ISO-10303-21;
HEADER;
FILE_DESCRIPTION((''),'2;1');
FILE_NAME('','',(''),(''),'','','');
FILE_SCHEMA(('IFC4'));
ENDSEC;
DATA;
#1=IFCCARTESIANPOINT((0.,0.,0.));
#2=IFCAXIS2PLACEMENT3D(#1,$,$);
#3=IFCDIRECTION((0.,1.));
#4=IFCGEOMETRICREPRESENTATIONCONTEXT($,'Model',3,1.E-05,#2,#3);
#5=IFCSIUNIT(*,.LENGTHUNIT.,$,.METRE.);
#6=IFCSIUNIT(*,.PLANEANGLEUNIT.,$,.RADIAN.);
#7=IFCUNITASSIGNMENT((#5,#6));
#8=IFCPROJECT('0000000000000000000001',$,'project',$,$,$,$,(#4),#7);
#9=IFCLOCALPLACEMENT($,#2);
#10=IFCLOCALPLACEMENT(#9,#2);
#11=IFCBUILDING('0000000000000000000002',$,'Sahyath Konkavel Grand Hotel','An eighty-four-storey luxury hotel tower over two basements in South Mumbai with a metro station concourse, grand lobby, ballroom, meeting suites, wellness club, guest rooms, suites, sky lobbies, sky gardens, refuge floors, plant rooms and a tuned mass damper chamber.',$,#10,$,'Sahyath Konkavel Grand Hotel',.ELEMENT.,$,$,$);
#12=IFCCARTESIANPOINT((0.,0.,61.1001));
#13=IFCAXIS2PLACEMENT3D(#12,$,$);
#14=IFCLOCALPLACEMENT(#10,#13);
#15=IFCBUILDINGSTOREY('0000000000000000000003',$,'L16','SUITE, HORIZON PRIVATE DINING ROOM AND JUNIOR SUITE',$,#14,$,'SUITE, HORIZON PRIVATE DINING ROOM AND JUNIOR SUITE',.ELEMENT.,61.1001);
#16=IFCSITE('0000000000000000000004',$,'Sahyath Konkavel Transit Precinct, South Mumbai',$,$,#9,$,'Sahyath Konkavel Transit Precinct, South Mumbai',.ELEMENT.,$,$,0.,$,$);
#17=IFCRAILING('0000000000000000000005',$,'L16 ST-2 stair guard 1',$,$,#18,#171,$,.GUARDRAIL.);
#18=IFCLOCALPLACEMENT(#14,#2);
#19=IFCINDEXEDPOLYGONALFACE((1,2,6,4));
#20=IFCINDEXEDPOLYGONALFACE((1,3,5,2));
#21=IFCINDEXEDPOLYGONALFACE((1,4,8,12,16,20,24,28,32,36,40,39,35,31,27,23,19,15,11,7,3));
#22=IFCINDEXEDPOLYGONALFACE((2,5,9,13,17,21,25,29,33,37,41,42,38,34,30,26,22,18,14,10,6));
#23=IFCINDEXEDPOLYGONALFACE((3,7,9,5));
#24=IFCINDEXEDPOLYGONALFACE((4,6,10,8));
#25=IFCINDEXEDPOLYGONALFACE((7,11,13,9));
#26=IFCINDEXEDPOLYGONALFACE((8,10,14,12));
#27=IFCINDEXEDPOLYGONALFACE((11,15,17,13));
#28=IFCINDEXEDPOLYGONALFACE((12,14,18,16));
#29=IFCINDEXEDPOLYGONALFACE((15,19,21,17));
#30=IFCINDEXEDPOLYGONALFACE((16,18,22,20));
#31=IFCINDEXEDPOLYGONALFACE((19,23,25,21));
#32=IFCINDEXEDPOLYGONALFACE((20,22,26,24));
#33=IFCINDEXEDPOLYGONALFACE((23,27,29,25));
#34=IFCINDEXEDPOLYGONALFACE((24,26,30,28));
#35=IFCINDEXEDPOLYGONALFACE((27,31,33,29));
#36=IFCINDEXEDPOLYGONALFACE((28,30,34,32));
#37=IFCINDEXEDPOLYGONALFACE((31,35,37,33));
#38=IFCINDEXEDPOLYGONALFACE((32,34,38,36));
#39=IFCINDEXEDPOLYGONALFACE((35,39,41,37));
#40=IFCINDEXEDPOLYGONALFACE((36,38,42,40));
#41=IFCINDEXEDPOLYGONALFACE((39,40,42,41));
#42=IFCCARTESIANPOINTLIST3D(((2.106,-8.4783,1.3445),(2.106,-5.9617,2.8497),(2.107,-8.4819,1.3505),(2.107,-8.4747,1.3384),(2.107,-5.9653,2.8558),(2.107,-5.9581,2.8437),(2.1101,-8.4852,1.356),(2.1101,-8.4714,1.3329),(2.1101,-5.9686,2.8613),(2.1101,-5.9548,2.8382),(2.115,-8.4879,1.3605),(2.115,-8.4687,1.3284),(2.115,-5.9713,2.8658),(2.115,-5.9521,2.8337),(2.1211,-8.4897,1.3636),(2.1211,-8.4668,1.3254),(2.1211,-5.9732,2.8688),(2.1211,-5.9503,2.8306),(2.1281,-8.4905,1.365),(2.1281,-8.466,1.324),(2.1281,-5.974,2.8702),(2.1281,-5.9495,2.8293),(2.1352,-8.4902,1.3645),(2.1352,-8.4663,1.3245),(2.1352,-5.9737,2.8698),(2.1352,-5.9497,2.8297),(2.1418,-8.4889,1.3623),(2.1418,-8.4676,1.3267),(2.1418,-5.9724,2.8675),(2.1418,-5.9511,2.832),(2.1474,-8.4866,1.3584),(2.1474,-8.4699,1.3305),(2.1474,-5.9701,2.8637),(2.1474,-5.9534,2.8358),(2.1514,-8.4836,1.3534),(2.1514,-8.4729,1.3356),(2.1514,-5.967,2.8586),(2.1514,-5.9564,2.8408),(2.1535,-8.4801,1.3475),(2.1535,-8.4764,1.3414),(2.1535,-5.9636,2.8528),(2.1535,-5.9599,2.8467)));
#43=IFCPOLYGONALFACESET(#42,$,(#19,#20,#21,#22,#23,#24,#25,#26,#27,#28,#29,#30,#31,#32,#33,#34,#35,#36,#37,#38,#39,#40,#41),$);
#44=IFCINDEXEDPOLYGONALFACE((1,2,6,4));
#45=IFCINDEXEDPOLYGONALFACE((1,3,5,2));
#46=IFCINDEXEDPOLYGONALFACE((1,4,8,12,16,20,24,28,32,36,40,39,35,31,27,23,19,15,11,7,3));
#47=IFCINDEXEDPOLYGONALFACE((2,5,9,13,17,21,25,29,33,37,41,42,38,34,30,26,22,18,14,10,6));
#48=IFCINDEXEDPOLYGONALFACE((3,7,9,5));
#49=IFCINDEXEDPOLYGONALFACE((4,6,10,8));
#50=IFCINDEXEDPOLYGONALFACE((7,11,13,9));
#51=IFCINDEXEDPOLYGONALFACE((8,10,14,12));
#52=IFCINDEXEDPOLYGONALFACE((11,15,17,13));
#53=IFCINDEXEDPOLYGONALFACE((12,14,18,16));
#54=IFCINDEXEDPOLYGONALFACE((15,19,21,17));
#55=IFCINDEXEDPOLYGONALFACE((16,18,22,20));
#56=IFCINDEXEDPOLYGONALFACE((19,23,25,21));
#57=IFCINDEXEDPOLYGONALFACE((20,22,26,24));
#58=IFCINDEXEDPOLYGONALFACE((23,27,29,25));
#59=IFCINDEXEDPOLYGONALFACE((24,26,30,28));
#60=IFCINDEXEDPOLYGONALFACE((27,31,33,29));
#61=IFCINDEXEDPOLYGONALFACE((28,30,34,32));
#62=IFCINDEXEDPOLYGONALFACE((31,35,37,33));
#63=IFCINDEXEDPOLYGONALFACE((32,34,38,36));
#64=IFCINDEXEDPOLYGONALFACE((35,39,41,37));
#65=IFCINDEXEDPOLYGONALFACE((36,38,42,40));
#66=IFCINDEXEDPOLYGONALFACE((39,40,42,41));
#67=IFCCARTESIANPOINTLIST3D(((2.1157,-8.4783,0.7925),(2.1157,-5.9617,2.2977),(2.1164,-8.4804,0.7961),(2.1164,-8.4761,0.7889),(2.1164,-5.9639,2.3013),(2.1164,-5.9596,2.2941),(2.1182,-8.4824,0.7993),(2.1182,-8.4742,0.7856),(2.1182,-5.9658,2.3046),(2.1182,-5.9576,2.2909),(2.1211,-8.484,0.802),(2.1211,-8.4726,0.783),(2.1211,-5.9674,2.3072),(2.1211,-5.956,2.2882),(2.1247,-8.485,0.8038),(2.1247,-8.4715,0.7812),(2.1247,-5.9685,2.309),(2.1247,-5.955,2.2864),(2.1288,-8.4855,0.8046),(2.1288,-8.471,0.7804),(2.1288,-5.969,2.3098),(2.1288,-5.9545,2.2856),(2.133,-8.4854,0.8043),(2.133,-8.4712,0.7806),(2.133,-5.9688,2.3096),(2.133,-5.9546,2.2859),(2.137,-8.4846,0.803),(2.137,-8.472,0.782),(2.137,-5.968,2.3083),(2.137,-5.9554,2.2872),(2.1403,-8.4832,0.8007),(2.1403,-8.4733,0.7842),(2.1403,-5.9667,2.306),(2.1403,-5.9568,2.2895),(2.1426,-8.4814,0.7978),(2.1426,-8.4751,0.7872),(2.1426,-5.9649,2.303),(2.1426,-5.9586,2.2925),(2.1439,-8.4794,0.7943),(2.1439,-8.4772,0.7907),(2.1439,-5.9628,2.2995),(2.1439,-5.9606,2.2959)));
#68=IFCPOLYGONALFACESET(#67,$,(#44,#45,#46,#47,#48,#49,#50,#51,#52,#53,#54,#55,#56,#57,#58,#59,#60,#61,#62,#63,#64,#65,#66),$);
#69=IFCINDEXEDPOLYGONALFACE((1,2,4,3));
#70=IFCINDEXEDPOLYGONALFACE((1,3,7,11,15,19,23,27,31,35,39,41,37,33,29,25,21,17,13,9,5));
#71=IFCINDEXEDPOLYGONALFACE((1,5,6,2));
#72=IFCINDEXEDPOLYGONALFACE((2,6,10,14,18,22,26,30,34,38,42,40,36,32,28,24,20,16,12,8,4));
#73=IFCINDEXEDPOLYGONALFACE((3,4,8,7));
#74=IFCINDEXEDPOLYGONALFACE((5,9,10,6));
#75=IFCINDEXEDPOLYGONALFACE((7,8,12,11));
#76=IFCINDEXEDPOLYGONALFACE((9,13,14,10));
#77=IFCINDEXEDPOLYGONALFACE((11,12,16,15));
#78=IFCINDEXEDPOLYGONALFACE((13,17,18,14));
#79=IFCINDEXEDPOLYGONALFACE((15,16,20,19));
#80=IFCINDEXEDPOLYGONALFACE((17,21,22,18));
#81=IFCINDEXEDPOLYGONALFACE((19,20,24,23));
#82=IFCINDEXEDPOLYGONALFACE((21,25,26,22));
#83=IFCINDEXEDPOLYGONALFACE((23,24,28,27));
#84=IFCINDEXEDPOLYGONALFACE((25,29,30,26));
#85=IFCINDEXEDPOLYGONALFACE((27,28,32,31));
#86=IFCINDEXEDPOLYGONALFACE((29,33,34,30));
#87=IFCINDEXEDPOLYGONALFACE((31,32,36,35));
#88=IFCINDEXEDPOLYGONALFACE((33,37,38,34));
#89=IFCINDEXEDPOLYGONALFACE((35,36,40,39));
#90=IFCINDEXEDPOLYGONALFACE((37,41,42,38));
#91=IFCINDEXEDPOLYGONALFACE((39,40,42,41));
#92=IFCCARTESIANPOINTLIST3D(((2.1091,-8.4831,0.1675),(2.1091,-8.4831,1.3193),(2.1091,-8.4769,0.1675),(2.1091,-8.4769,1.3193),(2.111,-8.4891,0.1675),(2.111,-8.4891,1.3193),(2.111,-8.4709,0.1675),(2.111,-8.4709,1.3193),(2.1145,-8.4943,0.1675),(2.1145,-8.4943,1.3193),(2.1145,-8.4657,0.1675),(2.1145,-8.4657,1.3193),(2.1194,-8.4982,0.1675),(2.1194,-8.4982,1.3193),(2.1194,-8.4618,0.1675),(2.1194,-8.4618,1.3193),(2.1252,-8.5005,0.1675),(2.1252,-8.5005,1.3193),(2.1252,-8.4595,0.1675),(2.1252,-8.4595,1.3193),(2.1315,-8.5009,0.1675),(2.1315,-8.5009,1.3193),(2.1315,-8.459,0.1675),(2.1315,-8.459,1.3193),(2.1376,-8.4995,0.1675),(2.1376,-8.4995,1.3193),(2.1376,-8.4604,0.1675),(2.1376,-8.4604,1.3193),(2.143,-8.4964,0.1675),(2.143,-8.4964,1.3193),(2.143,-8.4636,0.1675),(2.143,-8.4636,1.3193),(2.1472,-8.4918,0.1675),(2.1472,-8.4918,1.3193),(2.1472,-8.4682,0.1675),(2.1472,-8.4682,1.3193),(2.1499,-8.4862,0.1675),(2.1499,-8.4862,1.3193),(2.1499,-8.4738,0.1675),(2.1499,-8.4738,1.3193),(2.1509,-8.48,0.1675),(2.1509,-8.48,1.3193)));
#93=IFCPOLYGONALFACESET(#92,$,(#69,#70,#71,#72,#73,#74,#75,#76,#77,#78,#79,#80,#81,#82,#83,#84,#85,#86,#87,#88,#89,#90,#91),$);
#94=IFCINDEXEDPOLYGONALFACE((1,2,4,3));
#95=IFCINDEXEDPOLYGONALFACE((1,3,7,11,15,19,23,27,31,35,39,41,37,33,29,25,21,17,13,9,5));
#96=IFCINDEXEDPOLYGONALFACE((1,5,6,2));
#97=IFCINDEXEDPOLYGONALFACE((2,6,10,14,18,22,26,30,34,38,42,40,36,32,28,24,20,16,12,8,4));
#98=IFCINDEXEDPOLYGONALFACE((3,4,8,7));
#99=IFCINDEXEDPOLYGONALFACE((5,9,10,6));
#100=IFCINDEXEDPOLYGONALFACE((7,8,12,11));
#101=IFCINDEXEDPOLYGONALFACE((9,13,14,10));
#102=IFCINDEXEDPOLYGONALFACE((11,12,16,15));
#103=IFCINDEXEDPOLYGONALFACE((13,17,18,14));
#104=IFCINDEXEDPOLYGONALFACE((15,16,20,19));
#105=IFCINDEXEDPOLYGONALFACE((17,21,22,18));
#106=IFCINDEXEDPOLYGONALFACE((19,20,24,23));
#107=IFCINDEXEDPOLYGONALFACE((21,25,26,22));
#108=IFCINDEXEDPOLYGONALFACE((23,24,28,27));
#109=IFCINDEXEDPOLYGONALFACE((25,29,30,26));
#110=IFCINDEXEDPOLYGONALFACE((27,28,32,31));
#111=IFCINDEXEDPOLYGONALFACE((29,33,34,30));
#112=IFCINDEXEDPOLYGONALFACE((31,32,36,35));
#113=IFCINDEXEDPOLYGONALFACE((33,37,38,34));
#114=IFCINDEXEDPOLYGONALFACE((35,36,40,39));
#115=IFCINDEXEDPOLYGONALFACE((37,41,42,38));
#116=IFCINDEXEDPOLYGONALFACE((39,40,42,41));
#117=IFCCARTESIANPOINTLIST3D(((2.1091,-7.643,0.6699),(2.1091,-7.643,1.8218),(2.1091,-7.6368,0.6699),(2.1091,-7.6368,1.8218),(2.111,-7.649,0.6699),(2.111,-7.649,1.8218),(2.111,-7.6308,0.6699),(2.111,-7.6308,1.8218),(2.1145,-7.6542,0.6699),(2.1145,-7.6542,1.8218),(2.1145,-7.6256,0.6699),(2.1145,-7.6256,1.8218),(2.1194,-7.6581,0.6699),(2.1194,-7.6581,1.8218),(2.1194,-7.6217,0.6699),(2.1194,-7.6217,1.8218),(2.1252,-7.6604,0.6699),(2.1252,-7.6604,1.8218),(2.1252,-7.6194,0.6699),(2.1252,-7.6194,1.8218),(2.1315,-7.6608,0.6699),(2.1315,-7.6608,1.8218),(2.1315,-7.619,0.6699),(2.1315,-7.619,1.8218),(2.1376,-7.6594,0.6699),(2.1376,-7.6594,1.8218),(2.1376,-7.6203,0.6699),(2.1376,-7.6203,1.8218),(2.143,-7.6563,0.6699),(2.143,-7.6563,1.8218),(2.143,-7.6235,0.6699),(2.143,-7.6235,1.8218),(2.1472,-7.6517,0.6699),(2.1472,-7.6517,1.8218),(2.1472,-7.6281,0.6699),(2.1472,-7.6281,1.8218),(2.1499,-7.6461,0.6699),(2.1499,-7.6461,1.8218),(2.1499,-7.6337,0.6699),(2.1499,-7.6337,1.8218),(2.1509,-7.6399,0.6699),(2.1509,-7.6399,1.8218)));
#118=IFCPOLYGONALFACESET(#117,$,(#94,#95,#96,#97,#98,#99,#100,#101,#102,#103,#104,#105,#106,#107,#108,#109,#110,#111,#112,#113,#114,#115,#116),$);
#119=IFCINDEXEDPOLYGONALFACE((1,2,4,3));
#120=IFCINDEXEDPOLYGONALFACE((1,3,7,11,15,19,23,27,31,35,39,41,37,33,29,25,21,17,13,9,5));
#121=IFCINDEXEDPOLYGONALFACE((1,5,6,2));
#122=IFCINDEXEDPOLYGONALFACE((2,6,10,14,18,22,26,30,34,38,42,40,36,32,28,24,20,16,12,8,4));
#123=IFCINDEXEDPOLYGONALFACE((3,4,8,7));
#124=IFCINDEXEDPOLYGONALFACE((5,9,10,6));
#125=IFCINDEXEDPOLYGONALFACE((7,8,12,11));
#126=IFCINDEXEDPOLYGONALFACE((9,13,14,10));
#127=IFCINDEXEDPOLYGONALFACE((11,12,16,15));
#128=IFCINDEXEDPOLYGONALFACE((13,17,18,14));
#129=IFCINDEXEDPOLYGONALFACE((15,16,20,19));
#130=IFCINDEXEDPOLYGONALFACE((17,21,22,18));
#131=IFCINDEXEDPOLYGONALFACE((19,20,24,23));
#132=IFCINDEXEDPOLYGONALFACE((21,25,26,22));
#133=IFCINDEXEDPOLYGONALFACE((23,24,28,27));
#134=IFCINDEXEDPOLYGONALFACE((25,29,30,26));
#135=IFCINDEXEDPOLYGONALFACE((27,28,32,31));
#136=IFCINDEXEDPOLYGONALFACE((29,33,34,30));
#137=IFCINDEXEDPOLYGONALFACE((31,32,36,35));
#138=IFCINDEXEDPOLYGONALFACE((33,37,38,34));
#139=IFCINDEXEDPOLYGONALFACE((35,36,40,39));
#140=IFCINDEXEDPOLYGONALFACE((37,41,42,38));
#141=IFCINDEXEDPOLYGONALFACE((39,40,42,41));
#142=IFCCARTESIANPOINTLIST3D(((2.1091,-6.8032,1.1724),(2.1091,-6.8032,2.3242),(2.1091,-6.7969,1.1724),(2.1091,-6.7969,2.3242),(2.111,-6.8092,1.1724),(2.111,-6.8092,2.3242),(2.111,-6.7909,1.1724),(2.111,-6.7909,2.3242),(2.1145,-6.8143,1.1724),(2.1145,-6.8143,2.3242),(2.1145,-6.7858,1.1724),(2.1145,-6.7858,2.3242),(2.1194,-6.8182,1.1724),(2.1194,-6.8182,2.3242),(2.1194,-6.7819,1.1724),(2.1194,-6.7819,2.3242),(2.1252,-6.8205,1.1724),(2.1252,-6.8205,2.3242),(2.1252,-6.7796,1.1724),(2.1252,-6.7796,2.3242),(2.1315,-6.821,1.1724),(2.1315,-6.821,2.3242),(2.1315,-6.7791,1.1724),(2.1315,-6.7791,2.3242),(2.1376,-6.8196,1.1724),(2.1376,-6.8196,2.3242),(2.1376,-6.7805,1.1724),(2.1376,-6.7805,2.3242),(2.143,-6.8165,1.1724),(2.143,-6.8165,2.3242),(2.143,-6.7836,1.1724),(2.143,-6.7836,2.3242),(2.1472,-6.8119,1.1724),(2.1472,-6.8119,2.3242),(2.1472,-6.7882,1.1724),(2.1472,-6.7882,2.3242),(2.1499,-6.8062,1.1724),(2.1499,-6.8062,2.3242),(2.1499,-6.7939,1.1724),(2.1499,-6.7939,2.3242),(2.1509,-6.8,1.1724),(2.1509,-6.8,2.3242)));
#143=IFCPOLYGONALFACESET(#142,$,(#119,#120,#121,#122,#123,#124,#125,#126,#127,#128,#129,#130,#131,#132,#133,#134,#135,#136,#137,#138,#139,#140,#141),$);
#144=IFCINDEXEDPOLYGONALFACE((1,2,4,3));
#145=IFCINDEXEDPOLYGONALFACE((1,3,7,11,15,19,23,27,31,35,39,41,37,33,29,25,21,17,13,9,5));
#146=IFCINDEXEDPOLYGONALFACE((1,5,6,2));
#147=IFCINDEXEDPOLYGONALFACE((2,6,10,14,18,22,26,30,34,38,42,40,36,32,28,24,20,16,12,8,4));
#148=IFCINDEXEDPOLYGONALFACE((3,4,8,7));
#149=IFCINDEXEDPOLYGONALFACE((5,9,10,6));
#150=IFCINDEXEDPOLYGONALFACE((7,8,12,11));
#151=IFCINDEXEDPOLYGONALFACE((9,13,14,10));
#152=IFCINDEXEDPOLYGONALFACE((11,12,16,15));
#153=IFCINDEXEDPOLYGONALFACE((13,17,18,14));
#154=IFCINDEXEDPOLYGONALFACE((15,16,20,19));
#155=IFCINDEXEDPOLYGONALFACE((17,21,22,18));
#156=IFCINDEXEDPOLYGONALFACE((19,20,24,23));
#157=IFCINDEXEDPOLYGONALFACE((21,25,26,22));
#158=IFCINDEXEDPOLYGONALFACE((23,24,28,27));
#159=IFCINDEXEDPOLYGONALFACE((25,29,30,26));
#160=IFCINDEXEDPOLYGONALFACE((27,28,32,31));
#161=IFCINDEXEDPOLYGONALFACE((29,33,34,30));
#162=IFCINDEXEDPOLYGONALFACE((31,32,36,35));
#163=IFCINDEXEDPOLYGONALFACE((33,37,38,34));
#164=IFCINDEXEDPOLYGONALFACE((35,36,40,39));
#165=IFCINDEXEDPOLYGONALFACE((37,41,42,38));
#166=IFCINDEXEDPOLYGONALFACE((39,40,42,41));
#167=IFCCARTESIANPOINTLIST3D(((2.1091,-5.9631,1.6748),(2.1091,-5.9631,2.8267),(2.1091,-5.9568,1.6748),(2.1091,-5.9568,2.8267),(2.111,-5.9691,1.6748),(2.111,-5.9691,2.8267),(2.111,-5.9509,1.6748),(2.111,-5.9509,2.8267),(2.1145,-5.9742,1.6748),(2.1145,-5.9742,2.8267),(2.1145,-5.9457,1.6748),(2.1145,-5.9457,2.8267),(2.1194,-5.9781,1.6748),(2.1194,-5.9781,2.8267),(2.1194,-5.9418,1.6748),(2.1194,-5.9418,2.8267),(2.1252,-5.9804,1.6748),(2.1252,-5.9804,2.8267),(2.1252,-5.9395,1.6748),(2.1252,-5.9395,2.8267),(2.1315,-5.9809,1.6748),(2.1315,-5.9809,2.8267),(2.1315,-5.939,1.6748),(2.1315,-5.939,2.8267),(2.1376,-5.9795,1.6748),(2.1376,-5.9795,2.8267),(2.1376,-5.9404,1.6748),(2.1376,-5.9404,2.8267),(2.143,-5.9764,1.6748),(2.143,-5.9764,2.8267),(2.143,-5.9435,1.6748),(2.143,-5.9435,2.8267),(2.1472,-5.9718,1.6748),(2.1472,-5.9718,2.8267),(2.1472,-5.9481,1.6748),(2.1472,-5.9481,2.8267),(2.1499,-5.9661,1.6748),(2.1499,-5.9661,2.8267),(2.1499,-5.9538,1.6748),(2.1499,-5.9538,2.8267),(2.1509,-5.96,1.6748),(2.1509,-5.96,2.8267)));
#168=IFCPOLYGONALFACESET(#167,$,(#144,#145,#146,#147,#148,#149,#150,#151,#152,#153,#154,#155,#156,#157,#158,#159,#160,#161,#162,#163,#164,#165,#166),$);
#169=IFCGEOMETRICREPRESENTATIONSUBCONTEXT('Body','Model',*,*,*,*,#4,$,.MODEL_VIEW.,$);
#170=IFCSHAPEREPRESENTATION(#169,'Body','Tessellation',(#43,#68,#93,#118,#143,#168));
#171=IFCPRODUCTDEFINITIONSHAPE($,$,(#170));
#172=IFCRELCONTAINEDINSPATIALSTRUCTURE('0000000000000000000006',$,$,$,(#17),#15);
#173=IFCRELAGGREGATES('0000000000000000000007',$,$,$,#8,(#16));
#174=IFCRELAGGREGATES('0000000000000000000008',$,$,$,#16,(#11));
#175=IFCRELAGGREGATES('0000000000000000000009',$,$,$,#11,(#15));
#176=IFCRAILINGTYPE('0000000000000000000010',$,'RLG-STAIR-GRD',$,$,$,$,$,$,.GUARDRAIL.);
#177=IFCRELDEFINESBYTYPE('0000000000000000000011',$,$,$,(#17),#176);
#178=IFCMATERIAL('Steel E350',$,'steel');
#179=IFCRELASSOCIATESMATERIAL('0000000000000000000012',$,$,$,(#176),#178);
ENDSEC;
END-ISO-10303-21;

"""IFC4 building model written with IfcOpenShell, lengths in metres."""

from ifc_helpers import new_model, si_unit, direction, frame, origin, origin_2d, place, context, subcontext, project, spatial, circle, extrude, material, type_object, element, save


model = new_model("IFC4")

# Units and contexts
model_context = context("Model", 3, precision=1e-05, world=origin(), true_north=direction((0.0, 1.0)))
body_context = subcontext(model_context, "Body", "Model", "MODEL_VIEW")
ifc_project = project(units=[si_unit("LENGTHUNIT", "METRE"), si_unit("PLANEANGLEUNIT", "RADIAN")], contexts=[model_context])

# Site, building, storey
site_placement = place(None, origin())
site = spatial("IfcSite", under=ifc_project, at=site_placement, Name="Sahyath Konkavel Transit Precinct, South Mumbai", LongName="Sahyath Konkavel Transit Precinct, South Mumbai", CompositionType="ELEMENT", RefElevation=0.0)
building_placement = place(site_placement, origin())
building = spatial("IfcBuilding", under=site, at=building_placement, Name="Sahyath Konkavel Grand Hotel", Description="An eighty-four-storey luxury hotel tower over two basements in South Mumbai with a metro station concourse, grand lobby, ballroom, meeting suites, wellness club, guest rooms, suites, sky lobbies, sky gardens, refuge floors, plant rooms and a tuned mass damper chamber.", LongName="Sahyath Konkavel Grand Hotel", CompositionType="ELEMENT")
storey_placement = place(building_placement, frame((0.0, 0.0, 61.1001)))
storey = spatial("IfcBuildingStorey", under=building, at=storey_placement, Name="L16", Description="SUITE, HORIZON PRIVATE DINING ROOM AND JUNIOR SUITE", LongName="SUITE, HORIZON PRIVATE DINING ROOM AND JUNIOR SUITE", CompositionType="ELEMENT", Elevation=61.1001)

# Shared definitions
ifc_material_1 = material(Name="Steel E350", Category="steel")

# Railing
railing_type_1 = type_object("IfcRailingType", Name="RLG-STAIR-GRD", PredefinedType="GUARDRAIL", material=ifc_material_1)
railing_1_placement = place(storey_placement, frame((2.1299, -8.48, 0.1675)))
element("IfcRailing", 1, at=railing_1_placement, inside=storey, type_object=railing_type_1, Name="L16 ST-2 stair guard 1", PredefinedType="GUARDRAIL", context=body_context, shape_type="SweptSolid", body=[
    extrude(circle(Radius=0.0239, at=origin_2d()), frame((0.0, 0.0017, 1.177), z_axis=(0.0, 0.858196, 0.513321), x_axis=(-1.0, 0.0, 0.0)), (0.0, 0.0, 1.0), 2.9324),
    extrude(circle(Radius=0.0142, at=origin_2d()), frame((0.0, 0.0017, 0.625), z_axis=(0.0, 0.858196, 0.513321), x_axis=(-1.0, 0.0, 0.0)), (0.0, 0.0, 1.0), 2.9324),
    extrude(circle(Radius=0.021, at=origin_2d()), origin(), (0.0, 0.0, 1.0), 1.1519),
    extrude(circle(Radius=0.021, at=origin_2d()), frame((0.0, 0.8401, 0.5024)), (0.0, 0.0, 1.0), 1.1519),
    extrude(circle(Radius=0.021, at=origin_2d()), frame((0.0, 1.6799, 1.0049)), (0.0, 0.0, 1.0), 1.1519),
    extrude(circle(Radius=0.021, at=origin_2d()), frame((0.0, 2.52, 1.5073)), (0.0, 0.0, 1.0), 1.1519),
])

save(model, "model.ifc")
